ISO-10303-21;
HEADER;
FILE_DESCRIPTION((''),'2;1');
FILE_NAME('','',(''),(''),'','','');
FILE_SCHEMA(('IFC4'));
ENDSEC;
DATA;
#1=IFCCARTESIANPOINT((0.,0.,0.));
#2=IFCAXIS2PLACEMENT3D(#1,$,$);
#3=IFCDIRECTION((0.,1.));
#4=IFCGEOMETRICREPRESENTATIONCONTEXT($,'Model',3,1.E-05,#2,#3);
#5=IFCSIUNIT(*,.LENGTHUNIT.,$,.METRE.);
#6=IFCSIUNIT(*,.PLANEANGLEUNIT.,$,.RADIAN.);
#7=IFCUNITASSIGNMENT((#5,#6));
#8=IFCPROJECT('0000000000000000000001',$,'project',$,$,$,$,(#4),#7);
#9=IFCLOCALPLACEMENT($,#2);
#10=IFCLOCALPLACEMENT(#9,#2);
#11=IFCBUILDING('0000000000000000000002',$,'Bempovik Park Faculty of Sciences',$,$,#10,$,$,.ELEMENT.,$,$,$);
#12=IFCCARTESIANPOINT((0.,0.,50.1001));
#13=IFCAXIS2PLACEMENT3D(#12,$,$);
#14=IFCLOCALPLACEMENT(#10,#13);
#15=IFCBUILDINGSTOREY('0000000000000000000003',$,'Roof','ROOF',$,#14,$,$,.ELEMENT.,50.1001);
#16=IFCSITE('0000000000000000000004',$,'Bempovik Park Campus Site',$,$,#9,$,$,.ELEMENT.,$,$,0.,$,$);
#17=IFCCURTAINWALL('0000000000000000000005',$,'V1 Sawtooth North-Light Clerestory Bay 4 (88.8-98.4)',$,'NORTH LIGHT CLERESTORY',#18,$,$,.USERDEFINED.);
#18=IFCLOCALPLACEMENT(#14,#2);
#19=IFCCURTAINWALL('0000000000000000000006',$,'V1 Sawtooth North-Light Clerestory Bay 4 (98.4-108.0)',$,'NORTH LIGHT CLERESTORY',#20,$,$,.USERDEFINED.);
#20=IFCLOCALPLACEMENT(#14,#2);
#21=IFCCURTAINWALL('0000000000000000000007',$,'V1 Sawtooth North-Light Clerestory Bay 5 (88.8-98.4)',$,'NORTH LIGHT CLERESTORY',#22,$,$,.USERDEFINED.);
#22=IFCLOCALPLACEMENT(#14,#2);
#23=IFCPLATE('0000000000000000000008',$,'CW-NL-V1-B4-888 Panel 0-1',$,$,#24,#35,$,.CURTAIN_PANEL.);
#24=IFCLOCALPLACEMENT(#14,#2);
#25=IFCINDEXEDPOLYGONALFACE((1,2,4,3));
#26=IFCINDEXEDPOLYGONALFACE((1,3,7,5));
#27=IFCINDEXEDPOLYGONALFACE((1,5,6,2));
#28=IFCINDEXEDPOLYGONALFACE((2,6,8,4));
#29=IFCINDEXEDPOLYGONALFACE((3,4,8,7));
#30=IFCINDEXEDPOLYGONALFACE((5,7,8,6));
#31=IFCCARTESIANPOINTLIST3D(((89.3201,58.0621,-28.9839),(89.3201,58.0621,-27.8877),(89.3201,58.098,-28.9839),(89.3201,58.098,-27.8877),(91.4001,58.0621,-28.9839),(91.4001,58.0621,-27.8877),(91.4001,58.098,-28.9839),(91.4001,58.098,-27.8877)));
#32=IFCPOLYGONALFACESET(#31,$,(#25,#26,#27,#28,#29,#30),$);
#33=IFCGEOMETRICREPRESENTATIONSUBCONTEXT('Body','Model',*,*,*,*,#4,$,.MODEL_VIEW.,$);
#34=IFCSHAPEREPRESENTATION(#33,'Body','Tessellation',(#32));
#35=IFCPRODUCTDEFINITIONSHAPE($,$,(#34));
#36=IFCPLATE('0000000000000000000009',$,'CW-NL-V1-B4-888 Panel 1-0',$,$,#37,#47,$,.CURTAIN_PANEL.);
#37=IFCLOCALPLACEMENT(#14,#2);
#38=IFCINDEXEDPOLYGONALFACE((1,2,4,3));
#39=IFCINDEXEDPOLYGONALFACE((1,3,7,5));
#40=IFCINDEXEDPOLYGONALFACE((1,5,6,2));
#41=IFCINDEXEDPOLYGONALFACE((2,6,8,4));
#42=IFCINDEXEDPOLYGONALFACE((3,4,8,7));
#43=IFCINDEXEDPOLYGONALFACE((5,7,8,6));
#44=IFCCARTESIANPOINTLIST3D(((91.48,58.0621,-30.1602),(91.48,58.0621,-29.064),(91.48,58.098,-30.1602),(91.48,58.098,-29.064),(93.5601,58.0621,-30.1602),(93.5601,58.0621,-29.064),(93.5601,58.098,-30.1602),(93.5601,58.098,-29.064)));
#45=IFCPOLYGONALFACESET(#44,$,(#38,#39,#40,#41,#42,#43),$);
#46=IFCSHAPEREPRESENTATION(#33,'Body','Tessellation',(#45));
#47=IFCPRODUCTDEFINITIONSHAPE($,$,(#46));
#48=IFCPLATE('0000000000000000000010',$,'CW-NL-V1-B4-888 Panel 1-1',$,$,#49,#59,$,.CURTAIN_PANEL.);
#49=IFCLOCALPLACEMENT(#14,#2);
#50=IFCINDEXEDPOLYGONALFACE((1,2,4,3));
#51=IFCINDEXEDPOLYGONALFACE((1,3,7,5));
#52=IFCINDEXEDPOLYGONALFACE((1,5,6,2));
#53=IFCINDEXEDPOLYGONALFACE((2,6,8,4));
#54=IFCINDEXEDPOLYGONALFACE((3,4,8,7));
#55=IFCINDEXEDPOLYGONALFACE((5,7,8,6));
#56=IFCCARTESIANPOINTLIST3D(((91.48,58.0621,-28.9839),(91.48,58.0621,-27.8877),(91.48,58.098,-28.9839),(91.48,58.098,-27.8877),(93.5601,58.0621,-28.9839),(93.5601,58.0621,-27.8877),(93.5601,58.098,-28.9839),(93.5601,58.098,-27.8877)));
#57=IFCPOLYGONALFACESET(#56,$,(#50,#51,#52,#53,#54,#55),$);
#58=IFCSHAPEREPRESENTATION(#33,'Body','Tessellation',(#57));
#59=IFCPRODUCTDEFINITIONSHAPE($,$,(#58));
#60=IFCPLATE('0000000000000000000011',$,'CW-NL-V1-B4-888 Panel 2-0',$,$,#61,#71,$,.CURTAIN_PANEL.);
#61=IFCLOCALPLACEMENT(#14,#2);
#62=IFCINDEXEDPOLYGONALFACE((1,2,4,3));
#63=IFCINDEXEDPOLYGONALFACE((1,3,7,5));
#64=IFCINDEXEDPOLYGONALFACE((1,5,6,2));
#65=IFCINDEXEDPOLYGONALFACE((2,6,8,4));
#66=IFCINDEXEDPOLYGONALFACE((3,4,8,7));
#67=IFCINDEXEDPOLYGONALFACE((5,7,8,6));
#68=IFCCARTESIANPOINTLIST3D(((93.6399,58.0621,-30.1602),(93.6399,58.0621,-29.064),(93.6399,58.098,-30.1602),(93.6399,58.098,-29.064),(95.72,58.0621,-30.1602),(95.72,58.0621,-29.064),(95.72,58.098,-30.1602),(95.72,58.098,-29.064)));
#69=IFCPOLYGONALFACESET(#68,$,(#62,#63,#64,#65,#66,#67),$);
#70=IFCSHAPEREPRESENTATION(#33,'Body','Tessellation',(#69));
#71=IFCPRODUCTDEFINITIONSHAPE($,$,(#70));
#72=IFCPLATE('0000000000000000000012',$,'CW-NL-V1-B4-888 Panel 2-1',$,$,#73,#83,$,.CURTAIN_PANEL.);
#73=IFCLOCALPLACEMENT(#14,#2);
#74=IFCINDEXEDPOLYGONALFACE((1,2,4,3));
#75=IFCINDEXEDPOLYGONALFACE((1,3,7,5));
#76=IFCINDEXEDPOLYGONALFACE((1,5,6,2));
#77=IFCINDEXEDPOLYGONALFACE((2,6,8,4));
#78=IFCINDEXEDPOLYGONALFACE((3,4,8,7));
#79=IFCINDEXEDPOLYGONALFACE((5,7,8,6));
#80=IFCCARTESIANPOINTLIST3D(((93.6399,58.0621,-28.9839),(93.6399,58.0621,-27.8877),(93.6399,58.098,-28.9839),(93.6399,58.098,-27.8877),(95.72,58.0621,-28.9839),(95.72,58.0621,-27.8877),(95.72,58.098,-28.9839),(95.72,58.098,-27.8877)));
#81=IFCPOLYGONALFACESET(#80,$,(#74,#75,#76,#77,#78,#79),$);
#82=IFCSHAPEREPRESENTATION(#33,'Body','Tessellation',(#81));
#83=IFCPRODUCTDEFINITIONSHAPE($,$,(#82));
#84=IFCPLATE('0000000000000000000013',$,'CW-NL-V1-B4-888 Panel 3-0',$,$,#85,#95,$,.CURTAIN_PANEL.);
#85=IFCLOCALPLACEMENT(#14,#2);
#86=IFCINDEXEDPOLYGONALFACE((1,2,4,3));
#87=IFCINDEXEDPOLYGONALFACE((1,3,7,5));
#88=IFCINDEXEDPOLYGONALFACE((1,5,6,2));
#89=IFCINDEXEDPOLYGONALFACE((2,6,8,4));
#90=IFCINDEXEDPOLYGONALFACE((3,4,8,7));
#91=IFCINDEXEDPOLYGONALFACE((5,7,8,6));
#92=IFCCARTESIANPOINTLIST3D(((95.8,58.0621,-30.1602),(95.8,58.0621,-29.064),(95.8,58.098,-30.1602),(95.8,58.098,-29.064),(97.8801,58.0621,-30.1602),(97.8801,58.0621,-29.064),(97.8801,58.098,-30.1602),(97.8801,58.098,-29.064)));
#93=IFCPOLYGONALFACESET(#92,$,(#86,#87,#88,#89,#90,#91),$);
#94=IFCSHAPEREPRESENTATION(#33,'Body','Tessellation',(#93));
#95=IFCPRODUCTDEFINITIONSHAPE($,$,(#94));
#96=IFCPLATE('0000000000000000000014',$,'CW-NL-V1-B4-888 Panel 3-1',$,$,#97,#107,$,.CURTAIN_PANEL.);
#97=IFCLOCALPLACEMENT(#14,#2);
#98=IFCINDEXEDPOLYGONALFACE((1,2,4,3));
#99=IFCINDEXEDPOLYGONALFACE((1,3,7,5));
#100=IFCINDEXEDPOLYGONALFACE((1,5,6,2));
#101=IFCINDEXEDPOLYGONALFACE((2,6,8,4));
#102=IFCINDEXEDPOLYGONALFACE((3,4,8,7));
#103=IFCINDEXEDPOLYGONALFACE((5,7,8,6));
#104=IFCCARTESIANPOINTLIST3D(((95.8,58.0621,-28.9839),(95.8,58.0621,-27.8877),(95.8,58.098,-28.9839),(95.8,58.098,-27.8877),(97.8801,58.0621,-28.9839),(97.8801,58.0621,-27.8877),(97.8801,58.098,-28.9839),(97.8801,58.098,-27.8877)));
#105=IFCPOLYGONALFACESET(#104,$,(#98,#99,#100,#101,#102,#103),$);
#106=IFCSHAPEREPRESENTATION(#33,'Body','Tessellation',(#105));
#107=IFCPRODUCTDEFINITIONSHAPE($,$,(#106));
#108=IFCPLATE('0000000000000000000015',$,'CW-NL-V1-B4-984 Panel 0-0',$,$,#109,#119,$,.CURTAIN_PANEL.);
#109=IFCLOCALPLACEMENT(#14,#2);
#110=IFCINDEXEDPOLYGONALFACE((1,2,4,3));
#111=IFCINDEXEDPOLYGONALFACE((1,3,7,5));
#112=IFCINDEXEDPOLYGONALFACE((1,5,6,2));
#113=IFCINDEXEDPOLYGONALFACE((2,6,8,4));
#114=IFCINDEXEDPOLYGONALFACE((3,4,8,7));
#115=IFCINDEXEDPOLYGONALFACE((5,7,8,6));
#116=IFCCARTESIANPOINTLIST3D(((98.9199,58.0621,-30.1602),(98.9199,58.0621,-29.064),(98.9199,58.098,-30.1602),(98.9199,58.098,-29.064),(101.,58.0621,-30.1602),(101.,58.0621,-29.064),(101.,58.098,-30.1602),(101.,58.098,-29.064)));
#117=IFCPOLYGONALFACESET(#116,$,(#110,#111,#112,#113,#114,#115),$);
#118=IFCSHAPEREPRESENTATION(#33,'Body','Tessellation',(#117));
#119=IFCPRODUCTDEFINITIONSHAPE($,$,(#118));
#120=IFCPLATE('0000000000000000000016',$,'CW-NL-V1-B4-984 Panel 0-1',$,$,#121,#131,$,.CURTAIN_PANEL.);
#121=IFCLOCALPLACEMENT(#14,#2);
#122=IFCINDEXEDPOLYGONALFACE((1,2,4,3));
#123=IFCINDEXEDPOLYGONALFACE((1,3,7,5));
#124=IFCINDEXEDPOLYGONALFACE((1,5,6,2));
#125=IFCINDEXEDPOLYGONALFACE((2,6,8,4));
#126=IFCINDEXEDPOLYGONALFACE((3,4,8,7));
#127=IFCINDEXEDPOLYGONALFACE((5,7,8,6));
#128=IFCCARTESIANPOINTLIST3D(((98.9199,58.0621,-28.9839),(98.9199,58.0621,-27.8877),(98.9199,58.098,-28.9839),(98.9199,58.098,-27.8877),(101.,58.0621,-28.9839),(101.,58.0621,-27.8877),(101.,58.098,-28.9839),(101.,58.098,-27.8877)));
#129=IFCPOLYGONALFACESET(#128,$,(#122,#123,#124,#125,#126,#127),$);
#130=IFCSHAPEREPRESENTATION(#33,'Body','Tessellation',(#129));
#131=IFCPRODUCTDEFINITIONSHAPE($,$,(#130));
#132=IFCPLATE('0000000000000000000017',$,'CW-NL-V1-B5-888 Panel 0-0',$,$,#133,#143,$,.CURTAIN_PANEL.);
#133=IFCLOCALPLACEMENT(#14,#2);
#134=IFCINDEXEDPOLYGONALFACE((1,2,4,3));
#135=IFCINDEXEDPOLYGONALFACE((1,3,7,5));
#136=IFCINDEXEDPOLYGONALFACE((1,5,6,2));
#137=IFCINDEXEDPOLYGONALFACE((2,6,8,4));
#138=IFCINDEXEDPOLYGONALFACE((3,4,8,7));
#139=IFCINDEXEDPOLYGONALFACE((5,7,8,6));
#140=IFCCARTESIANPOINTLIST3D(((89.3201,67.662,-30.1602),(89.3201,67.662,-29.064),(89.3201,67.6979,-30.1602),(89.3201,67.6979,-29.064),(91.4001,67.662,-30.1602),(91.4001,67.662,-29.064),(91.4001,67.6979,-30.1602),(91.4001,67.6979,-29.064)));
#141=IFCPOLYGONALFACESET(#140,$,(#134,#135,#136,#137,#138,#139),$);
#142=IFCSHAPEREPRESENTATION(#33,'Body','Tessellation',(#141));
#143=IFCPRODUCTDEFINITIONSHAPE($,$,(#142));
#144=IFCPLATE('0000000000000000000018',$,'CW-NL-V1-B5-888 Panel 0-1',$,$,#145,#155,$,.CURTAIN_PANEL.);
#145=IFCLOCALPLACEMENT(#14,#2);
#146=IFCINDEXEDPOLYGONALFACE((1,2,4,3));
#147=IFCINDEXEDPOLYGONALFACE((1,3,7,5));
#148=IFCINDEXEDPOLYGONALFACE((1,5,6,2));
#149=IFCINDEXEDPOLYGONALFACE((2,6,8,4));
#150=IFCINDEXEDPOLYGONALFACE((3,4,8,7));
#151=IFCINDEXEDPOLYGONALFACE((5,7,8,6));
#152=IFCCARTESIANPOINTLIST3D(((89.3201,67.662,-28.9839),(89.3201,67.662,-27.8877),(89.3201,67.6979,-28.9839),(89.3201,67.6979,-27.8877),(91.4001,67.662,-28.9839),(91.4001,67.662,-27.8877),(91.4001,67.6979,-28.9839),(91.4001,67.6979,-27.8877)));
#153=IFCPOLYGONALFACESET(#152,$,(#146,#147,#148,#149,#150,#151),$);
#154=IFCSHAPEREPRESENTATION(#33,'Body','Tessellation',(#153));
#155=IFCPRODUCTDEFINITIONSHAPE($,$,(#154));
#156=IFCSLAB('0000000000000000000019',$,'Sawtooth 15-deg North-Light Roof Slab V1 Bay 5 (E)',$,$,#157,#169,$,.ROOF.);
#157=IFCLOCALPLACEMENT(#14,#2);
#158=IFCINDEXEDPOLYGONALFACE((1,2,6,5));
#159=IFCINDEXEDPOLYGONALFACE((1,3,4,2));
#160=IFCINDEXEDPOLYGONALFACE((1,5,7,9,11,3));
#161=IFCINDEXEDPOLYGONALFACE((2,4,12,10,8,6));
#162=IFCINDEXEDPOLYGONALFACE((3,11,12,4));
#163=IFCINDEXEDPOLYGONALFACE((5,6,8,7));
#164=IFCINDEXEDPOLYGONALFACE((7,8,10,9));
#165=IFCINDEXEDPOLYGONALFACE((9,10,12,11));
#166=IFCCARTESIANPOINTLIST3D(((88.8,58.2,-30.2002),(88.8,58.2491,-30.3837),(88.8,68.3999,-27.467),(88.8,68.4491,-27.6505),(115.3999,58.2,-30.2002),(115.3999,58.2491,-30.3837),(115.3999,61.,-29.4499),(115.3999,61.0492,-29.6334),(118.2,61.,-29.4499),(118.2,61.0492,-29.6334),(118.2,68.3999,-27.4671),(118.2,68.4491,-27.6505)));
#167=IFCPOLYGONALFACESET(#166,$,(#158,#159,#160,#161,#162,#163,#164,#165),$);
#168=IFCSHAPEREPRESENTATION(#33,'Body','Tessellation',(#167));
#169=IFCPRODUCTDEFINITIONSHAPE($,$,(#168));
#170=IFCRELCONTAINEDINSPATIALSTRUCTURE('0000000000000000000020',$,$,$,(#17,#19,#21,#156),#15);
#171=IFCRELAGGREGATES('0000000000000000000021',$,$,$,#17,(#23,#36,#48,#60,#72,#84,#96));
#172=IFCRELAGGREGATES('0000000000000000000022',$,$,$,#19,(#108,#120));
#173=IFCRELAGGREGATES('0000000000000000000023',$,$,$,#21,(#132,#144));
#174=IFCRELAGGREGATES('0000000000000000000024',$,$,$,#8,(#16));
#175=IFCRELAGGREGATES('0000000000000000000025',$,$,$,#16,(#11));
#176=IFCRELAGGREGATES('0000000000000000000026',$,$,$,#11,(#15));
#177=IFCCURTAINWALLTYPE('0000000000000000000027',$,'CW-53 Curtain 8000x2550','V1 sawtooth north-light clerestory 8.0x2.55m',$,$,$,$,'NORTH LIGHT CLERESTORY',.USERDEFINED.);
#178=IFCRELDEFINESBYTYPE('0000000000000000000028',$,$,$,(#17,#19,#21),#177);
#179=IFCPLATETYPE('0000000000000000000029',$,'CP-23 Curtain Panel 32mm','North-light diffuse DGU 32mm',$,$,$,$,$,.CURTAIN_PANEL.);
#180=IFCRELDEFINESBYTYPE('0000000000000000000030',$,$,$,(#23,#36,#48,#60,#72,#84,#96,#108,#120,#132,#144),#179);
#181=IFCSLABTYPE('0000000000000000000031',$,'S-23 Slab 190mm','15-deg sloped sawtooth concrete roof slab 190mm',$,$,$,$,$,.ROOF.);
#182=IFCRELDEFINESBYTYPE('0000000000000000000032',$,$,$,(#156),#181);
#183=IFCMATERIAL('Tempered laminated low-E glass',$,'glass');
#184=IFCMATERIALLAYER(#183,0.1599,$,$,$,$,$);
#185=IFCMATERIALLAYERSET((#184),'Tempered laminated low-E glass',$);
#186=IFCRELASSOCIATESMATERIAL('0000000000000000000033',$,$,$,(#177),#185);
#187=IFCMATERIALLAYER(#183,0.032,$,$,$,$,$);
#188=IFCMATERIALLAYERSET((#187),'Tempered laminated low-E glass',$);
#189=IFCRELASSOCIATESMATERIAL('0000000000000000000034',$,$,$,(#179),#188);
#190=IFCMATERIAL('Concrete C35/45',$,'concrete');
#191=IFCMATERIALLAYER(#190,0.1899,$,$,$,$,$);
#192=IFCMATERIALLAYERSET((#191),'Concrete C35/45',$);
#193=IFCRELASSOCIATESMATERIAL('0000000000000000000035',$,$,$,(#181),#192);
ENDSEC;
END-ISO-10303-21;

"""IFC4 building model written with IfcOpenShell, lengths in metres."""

from ifc_helpers import new_model, si_unit, direction, frame, origin, origin_2d, place, context, subcontext, project, spatial, polyline, rectangle, outline, extrude, material, layer, layer_set, type_object, element, aggregate, save


model = new_model("IFC4")

# Units and contexts
model_context = context("Model", 3, precision=1e-05, world=origin(), true_north=direction((0.0, 1.0)))
body_context = subcontext(model_context, "Body", "Model", "MODEL_VIEW")
ifc_project = project(units=[si_unit("LENGTHUNIT", "METRE"), si_unit("PLANEANGLEUNIT", "RADIAN")], contexts=[model_context])

# Site, building, storey
site_placement = place(None, origin())
site = spatial("IfcSite", under=ifc_project, at=site_placement, Name="Bempovik Park Campus Site", CompositionType="ELEMENT", RefElevation=0.0)
building_placement = place(site_placement, origin())
building = spatial("IfcBuilding", under=site, at=building_placement, Name="Bempovik Park Faculty of Sciences", CompositionType="ELEMENT")
storey_placement = place(building_placement, frame((0.0, 0.0, 50.1001)))
storey = spatial("IfcBuildingStorey", under=building, at=storey_placement, Name="Roof", Description="ROOF", CompositionType="ELEMENT", Elevation=50.1001)

# Curtain wall
ifc_material_1 = material(Name="Tempered laminated low-E glass", Category="glass")
ifc_layer_1 = layer(ifc_material_1, 0.1599)
ifc_layer_set_1 = layer_set([ifc_layer_1], Name="Tempered laminated low-E glass")
curtain_wall_type = type_object("IfcCurtainWallType", Name="CW-53 Curtain 8000x2550", Description="V1 sawtooth north-light clerestory 8.0x2.55m", ElementType="NORTH LIGHT CLERESTORY", PredefinedType="USERDEFINED", material=ifc_layer_set_1)
curtain_wall_1_placement = place(storey_placement, origin())
curtain_wall_1 = element("IfcCurtainWall", 1, at=curtain_wall_1_placement, inside=storey, type_object=curtain_wall_type, Name="V1 Sawtooth North-Light Clerestory Bay 4 (88.8-98.4)", ObjectType="NORTH LIGHT CLERESTORY", PredefinedType="USERDEFINED")

# Curtain wall
curtain_wall_2_placement = place(storey_placement, origin())
curtain_wall_2 = element("IfcCurtainWall", 2, at=curtain_wall_2_placement, inside=storey, type_object=curtain_wall_type, Name="V1 Sawtooth North-Light Clerestory Bay 4 (98.4-108.0)", ObjectType="NORTH LIGHT CLERESTORY", PredefinedType="USERDEFINED")

# Curtain wall
curtain_wall_3_placement = place(storey_placement, origin())
curtain_wall_3 = element("IfcCurtainWall", 3, at=curtain_wall_3_placement, inside=storey, type_object=curtain_wall_type, Name="V1 Sawtooth North-Light Clerestory Bay 5 (88.8-98.4)", ObjectType="NORTH LIGHT CLERESTORY", PredefinedType="USERDEFINED")

# Plates
ifc_layer_2 = layer(ifc_material_1, 0.032)
ifc_layer_set_2 = layer_set([ifc_layer_2], Name="Tempered laminated low-E glass")
plate_type = type_object("IfcPlateType", Name="CP-23 Curtain Panel 32mm", Description="North-light diffuse DGU 32mm", PredefinedType="CURTAIN_PANEL", material=ifc_layer_set_2)
plate_1_placement = place(storey_placement, frame((90.3601, 58.0801, -28.9839), z_axis=(0.0, 0.0, 1.0), x_axis=(1.0, 0.0, 0.0)))
plate_1 = element("IfcPlate", 4, at=plate_1_placement, type_object=plate_type, Name="CW-NL-V1-B4-888 Panel 0-1", PredefinedType="CURTAIN_PANEL", context=body_context, shape_type="SweptSolid", body=[
    extrude(rectangle(XDim=2.0801, YDim=0.0359, at=origin_2d()), origin(), (0.0, 0.0, 1.0), 1.0962),
])
plate_2_placement = place(storey_placement, frame((92.52, 58.0801, -30.1602), z_axis=(0.0, 0.0, 1.0), x_axis=(1.0, 0.0, 0.0)))
plate_2 = element("IfcPlate", 5, at=plate_2_placement, type_object=plate_type, Name="CW-NL-V1-B4-888 Panel 1-0", PredefinedType="CURTAIN_PANEL", context=body_context, shape_type="SweptSolid", body=[
    extrude(rectangle(XDim=2.0801, YDim=0.0359, at=origin_2d()), origin(), (0.0, 0.0, 1.0), 1.0962),
])
plate_3_placement = place(storey_placement, frame((92.52, 58.0801, -28.9839), z_axis=(0.0, 0.0, 1.0), x_axis=(1.0, 0.0, 0.0)))
plate_3 = element("IfcPlate", 6, at=plate_3_placement, type_object=plate_type, Name="CW-NL-V1-B4-888 Panel 1-1", PredefinedType="CURTAIN_PANEL", context=body_context, shape_type="SweptSolid", body=[
    extrude(rectangle(XDim=2.0801, YDim=0.0359, at=origin_2d()), origin(), (0.0, 0.0, 1.0), 1.0962),
])
plate_4_placement = place(storey_placement, frame((94.6799, 58.0801, -30.1602), z_axis=(0.0, 0.0, 1.0), x_axis=(1.0, 0.0, 0.0)))
plate_4 = element("IfcPlate", 7, at=plate_4_placement, type_object=plate_type, Name="CW-NL-V1-B4-888 Panel 2-0", PredefinedType="CURTAIN_PANEL", context=body_context, shape_type="SweptSolid", body=[
    extrude(rectangle(XDim=2.0801, YDim=0.0359, at=origin_2d()), origin(), (0.0, 0.0, 1.0), 1.0962),
])
plate_5_placement = place(storey_placement, frame((94.6799, 58.0801, -28.9839), z_axis=(0.0, 0.0, 1.0), x_axis=(1.0, 0.0, 0.0)))
plate_5 = element("IfcPlate", 8, at=plate_5_placement, type_object=plate_type, Name="CW-NL-V1-B4-888 Panel 2-1", PredefinedType="CURTAIN_PANEL", context=body_context, shape_type="SweptSolid", body=[
    extrude(rectangle(XDim=2.0801, YDim=0.0359, at=origin_2d()), origin(), (0.0, 0.0, 1.0), 1.0962),
])
plate_6_placement = place(storey_placement, frame((96.8401, 58.0801, -30.1602), z_axis=(0.0, 0.0, 1.0), x_axis=(1.0, 0.0, 0.0)))
plate_6 = element("IfcPlate", 9, at=plate_6_placement, type_object=plate_type, Name="CW-NL-V1-B4-888 Panel 3-0", PredefinedType="CURTAIN_PANEL", context=body_context, shape_type="SweptSolid", body=[
    extrude(rectangle(XDim=2.0801, YDim=0.0359, at=origin_2d()), origin(), (0.0, 0.0, 1.0), 1.0962),
])
plate_7_placement = place(storey_placement, frame((96.8401, 58.0801, -28.9839), z_axis=(0.0, 0.0, 1.0), x_axis=(1.0, 0.0, 0.0)))
plate_7 = element("IfcPlate", 10, at=plate_7_placement, type_object=plate_type, Name="CW-NL-V1-B4-888 Panel 3-1", PredefinedType="CURTAIN_PANEL", context=body_context, shape_type="SweptSolid", body=[
    extrude(rectangle(XDim=2.0801, YDim=0.0359, at=origin_2d()), origin(), (0.0, 0.0, 1.0), 1.0962),
])
aggregate(curtain_wall_1, [plate_1, plate_2, plate_3, plate_4, plate_5, plate_6, plate_7])
plate_8_placement = place(storey_placement, frame((99.96, 58.0801, -30.1602), z_axis=(0.0, 0.0, 1.0), x_axis=(1.0, 0.0, 0.0)))
plate_8 = element("IfcPlate", 11, at=plate_8_placement, type_object=plate_type, Name="CW-NL-V1-B4-984 Panel 0-0", PredefinedType="CURTAIN_PANEL", context=body_context, shape_type="SweptSolid", body=[
    extrude(rectangle(XDim=2.0801, YDim=0.0359, at=origin_2d()), origin(), (0.0, 0.0, 1.0), 1.0962),
])
plate_9_placement = place(storey_placement, frame((99.96, 58.0801, -28.9839), z_axis=(0.0, 0.0, 1.0), x_axis=(1.0, 0.0, 0.0)))
plate_9 = element("IfcPlate", 12, at=plate_9_placement, type_object=plate_type, Name="CW-NL-V1-B4-984 Panel 0-1", PredefinedType="CURTAIN_PANEL", context=body_context, shape_type="SweptSolid", body=[
    extrude(rectangle(XDim=2.0801, YDim=0.0359, at=origin_2d()), origin(), (0.0, 0.0, 1.0), 1.0962),
])
aggregate(curtain_wall_2, [plate_8, plate_9])
plate_10_placement = place(storey_placement, frame((90.3601, 67.6799, -30.1602), z_axis=(0.0, 0.0, 1.0), x_axis=(1.0, 0.0, 0.0)))
plate_10 = element("IfcPlate", 13, at=plate_10_placement, type_object=plate_type, Name="CW-NL-V1-B5-888 Panel 0-0", PredefinedType="CURTAIN_PANEL", context=body_context, shape_type="SweptSolid", body=[
    extrude(rectangle(XDim=2.0801, YDim=0.0359, at=origin_2d()), origin(), (0.0, 0.0, 1.0), 1.0962),
])
plate_11_placement = place(storey_placement, frame((90.3601, 67.6799, -28.9839), z_axis=(0.0, 0.0, 1.0), x_axis=(1.0, 0.0, 0.0)))
plate_11 = element("IfcPlate", 14, at=plate_11_placement, type_object=plate_type, Name="CW-NL-V1-B5-888 Panel 0-1", PredefinedType="CURTAIN_PANEL", context=body_context, shape_type="SweptSolid", body=[
    extrude(rectangle(XDim=2.0801, YDim=0.0359, at=origin_2d()), origin(), (0.0, 0.0, 1.0), 1.0962),
])
aggregate(curtain_wall_3, [plate_10, plate_11])

# Slab
ifc_material_2 = material(Name="Concrete C35/45", Category="concrete")
ifc_layer_3 = layer(ifc_material_2, 0.1899)
ifc_layer_set_3 = layer_set([ifc_layer_3], Name="Concrete C35/45")
slab_type = type_object("IfcSlabType", Name="S-23 Slab 190mm", Description="15-deg sloped sawtooth concrete roof slab 190mm", PredefinedType="ROOF", material=ifc_layer_set_3)
slab_placement = place(storey_placement, frame((88.8, 58.2, -30.2002), z_axis=(0.000001, -0.258827, 0.965924), x_axis=(1.0, 0.0, -0.000001)))
element("IfcSlab", 15, at=slab_placement, inside=storey, type_object=slab_type, Name="Sawtooth 15-deg North-Light Roof Slab V1 Bay 5 (E)", PredefinedType="ROOF", context=body_context, shape_type="SweptSolid", body=[
    extrude(outline(polyline([(0.0, 0.0), (26.5999, 0.0), (26.5999, 2.8988), (29.3999, 2.8988), (29.3999, 10.5598), (0.0, 10.5598), (0.0, 0.0)])), origin(), (0.0, 0.0, -1.0), 0.1899),
])

save(model, "model.ifc")
